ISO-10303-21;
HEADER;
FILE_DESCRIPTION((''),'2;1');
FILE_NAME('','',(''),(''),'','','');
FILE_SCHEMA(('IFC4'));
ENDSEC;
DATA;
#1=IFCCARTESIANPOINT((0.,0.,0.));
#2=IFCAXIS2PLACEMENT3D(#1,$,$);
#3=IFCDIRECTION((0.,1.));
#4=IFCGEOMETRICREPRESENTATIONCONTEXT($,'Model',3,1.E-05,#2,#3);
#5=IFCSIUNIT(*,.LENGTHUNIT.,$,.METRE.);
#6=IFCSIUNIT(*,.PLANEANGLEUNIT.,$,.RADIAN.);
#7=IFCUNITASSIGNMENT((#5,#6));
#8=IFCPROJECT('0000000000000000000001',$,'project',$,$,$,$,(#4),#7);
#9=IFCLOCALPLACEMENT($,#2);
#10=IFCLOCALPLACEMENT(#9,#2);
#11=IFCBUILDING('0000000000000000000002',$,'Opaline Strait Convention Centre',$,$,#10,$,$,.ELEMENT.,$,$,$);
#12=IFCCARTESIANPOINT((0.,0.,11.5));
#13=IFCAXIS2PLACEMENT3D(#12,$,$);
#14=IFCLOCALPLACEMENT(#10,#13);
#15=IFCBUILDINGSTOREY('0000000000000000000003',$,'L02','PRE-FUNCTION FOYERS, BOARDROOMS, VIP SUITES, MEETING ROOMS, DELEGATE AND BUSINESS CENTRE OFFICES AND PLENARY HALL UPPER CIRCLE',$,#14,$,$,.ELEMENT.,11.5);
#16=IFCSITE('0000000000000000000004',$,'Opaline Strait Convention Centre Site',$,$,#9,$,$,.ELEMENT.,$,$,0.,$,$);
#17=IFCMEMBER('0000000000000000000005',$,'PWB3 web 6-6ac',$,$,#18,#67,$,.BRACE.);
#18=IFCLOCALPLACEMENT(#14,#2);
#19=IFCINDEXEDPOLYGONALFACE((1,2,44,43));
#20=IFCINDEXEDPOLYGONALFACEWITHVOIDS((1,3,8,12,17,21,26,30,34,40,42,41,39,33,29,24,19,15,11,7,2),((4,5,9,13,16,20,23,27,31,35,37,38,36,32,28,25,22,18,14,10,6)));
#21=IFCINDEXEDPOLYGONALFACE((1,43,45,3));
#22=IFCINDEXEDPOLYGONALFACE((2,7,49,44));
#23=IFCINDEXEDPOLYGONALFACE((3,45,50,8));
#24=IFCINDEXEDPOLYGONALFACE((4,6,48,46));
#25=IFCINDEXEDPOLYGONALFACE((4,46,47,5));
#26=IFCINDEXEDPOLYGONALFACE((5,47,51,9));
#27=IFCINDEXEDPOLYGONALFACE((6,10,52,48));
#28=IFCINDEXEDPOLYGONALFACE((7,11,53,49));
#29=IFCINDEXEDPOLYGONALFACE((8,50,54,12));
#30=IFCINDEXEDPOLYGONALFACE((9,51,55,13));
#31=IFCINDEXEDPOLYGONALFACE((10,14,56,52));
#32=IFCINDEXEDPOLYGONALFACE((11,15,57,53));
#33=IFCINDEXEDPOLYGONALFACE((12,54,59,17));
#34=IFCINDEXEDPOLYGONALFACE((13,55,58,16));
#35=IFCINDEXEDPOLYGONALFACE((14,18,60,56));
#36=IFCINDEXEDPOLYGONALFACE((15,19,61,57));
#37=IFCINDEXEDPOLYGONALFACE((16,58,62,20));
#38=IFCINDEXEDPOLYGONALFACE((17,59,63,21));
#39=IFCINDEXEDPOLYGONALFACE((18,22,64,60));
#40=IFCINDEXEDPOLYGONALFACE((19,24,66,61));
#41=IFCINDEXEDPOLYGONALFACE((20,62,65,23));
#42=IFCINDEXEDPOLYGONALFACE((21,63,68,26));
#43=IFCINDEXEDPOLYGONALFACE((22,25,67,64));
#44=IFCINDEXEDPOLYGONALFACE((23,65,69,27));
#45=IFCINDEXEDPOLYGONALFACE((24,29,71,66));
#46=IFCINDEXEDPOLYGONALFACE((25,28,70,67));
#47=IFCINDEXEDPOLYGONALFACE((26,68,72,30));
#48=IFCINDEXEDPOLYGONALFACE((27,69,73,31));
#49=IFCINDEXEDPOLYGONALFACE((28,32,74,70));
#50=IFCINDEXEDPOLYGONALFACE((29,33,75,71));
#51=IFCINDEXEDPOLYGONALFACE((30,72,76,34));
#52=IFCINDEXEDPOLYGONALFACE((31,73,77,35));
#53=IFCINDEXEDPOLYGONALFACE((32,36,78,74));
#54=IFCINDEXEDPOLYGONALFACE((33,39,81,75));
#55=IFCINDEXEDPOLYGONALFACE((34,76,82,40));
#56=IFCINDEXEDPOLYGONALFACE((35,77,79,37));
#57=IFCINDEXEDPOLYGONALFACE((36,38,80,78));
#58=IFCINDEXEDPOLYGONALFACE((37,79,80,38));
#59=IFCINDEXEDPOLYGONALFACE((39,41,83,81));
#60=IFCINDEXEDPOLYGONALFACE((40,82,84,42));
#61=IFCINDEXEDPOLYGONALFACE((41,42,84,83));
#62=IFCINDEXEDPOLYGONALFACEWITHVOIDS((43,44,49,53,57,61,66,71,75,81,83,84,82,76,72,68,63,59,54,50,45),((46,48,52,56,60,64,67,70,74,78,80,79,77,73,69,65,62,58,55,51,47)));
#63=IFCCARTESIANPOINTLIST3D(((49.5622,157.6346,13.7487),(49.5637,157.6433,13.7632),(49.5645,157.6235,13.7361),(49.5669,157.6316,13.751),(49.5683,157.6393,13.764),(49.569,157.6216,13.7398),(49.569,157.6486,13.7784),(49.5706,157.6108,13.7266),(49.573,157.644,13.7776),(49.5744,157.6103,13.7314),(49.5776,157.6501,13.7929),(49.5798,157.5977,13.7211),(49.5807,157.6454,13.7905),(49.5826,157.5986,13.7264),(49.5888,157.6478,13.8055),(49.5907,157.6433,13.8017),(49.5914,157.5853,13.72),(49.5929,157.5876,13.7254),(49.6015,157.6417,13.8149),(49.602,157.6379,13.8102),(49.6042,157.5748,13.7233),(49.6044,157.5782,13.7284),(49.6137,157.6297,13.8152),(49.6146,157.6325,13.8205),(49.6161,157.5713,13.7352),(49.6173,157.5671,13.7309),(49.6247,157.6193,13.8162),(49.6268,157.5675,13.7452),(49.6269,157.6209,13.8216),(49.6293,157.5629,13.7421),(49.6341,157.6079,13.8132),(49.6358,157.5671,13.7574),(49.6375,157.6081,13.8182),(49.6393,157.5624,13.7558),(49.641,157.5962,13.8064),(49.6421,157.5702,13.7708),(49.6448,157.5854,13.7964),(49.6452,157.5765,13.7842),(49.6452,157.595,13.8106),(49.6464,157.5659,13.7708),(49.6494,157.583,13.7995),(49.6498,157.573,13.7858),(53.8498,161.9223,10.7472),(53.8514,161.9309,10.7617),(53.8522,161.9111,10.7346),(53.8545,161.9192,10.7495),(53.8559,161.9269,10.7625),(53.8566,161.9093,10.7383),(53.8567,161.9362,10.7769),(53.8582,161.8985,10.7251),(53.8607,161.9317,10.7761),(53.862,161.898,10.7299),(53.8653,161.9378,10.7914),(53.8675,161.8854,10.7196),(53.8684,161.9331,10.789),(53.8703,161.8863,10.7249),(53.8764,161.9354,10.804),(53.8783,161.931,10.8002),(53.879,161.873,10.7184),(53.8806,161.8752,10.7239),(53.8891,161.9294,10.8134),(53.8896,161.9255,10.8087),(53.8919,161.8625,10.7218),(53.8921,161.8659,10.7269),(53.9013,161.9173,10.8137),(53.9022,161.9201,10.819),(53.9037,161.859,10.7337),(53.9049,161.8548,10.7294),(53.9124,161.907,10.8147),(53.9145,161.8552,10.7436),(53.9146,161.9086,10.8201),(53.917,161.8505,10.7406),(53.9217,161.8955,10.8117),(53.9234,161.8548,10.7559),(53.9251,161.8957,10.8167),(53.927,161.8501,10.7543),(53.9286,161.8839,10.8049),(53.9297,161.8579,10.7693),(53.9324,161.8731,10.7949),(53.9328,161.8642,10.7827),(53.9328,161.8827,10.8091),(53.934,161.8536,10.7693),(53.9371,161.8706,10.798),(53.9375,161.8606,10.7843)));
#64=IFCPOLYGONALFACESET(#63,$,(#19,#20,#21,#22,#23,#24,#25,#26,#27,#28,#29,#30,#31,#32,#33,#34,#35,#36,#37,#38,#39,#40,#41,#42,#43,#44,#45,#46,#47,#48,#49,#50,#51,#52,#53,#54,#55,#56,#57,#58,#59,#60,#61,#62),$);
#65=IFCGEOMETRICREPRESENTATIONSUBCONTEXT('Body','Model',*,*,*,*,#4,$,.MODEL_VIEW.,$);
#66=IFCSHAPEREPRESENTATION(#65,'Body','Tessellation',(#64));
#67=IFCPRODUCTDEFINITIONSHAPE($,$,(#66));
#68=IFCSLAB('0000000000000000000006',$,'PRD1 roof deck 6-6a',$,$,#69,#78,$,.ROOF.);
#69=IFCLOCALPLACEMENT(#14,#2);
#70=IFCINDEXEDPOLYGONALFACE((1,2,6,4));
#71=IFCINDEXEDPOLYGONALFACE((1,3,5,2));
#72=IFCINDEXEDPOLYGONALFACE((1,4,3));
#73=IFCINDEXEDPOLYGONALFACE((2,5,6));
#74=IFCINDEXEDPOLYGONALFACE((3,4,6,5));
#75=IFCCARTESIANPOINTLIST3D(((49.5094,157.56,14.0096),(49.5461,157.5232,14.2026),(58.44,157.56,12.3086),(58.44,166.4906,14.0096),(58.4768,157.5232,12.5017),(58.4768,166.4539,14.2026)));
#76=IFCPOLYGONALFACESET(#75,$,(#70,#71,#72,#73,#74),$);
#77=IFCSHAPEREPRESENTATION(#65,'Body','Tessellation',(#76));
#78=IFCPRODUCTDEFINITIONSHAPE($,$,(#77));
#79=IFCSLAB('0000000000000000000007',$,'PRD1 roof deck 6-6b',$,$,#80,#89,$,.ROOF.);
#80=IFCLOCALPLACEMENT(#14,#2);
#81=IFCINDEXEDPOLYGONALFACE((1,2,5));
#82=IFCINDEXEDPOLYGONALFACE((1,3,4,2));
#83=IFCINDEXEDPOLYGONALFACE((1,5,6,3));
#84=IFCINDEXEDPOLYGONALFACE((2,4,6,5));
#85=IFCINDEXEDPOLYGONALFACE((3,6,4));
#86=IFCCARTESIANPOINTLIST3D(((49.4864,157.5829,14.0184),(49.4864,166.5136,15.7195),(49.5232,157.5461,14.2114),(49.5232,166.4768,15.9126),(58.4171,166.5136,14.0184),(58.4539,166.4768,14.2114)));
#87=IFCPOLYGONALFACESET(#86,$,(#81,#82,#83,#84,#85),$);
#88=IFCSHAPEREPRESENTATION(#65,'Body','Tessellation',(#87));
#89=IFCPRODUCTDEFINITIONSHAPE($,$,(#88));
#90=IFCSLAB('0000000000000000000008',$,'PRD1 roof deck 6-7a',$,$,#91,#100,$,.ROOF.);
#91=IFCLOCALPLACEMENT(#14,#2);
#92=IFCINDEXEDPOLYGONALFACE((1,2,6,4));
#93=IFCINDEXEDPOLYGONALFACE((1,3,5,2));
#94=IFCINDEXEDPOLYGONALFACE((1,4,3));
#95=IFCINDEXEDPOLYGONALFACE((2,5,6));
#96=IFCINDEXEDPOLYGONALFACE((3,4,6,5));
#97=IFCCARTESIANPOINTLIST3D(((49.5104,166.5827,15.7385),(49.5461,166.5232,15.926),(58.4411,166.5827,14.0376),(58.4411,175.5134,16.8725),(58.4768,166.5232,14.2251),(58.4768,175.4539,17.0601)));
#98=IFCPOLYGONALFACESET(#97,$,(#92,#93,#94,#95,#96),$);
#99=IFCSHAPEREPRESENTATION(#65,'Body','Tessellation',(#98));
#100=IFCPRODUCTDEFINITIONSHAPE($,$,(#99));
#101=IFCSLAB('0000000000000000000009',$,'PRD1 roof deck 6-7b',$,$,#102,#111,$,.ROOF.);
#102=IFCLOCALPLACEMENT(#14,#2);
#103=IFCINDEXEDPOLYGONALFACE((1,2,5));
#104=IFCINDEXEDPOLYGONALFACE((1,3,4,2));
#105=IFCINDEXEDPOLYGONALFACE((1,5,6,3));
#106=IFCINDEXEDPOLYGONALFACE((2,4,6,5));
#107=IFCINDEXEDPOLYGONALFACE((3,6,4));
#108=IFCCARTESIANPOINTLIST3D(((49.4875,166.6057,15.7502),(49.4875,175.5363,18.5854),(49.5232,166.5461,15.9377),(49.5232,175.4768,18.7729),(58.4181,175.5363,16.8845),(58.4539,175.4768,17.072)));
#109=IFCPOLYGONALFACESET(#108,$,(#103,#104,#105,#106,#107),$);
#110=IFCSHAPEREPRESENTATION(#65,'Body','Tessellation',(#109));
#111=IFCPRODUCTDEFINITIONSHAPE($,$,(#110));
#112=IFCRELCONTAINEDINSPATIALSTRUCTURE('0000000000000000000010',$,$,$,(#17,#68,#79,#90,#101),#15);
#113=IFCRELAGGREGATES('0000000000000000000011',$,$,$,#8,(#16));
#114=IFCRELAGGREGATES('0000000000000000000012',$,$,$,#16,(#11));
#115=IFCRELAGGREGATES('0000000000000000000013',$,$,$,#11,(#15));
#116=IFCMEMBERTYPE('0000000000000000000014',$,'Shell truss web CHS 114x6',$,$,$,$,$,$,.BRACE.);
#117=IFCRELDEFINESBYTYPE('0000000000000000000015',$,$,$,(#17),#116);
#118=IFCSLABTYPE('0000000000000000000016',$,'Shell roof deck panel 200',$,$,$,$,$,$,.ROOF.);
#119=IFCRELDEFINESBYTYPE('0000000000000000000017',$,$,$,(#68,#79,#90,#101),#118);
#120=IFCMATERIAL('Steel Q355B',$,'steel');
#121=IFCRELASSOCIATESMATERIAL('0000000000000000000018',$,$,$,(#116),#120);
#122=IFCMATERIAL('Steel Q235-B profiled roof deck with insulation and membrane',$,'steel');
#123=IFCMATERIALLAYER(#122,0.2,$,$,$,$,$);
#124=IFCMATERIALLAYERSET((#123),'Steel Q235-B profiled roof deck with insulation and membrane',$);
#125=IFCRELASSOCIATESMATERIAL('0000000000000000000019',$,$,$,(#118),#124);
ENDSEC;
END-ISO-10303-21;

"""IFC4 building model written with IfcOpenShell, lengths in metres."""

from ifc_helpers import new_model, si_unit, direction, frame, origin, origin_2d, place, context, subcontext, project, spatial, polyline, hollow_circle, outline, extrude, material, layer, layer_set, material_profile, profile_set, type_object, element, save


model = new_model("IFC4")

# Units and contexts
model_context = context("Model", 3, precision=1e-05, world=origin(), true_north=direction((0.0, 1.0)))
body_context = subcontext(model_context, "Body", "Model", "MODEL_VIEW")
ifc_project = project(units=[si_unit("LENGTHUNIT", "METRE"), si_unit("PLANEANGLEUNIT", "RADIAN")], contexts=[model_context])

# Site, building, storey
site_placement = place(None, origin())
site = spatial("IfcSite", under=ifc_project, at=site_placement, Name="Opaline Strait Convention Centre Site", CompositionType="ELEMENT", RefElevation=0.0)
building_placement = place(site_placement, origin())
building = spatial("IfcBuilding", under=site, at=building_placement, Name="Opaline Strait Convention Centre", CompositionType="ELEMENT")
storey_placement = place(building_placement, frame((0.0, 0.0, 11.5)))
storey = spatial("IfcBuildingStorey", under=building, at=storey_placement, Name="L02", Description="PRE-FUNCTION FOYERS, BOARDROOMS, VIP SUITES, MEETING ROOMS, DELEGATE AND BUSINESS CENTRE OFFICES AND PLENARY HALL UPPER CIRCLE", CompositionType="ELEMENT", Elevation=11.5)

# Member
ifc_material_1 = material(Name="Steel Q355B", Category="steel")
ifc_material_profile_1 = material_profile(ifc_material_1, hollow_circle(Radius=0.0569, WallThickness=0.0061, at=origin_2d()), Name="CHS 114x6")
ifc_profile_set_1 = profile_set([ifc_material_profile_1], Name="Steel Q355B")
member_type_1 = type_object("IfcMemberType", Name="Shell truss web CHS 114x6", PredefinedType="BRACE", material=ifc_profile_set_1)
member_1_placement = place(storey_placement, frame((53.8938, 161.8938, 10.7693), z_axis=(-0.633718, -0.633718, 0.443624), x_axis=(0.707107, -0.707107, 0.0)))
element("IfcMember", 1, at=member_1_placement, inside=storey, type_object=member_type_1, Name="PWB3 web 6-6ac", PredefinedType="BRACE", context=body_context, shape_type="SweptSolid", body=[
    extrude(hollow_circle(Radius=0.0569, WallThickness=0.0061, at=origin_2d()), origin(), (0.0, 0.0, 1.0), 6.7659),
])

# Slabs
ifc_material_2 = material(Name="Steel Q235-B profiled roof deck with insulation and membrane", Category="steel")
ifc_layer = layer(ifc_material_2, 0.2)
ifc_layer_set = layer_set([ifc_layer], Name="Steel Q235-B profiled roof deck with insulation and membrane")
slab_type = type_object("IfcSlabType", Name="Shell roof deck panel 200", PredefinedType="ROOF", material=ifc_layer_set)
slab_1_placement = place(storey_placement, frame((49.5461, 157.5232, 14.2026), z_axis=(0.183905, -0.183905, 0.965587), x_axis=(0.982342, 0.0, -0.187096)))
element("IfcSlab", 2, at=slab_1_placement, inside=storey, type_object=slab_type, Name="PRD1 roof deck 6-6a", PredefinedType="ROOF", context=body_context, shape_type="SweptSolid", body=[
    extrude(outline(polyline([(0.0, 0.0), (9.0912, 0.0), (8.773, 9.0856), (0.0, 0.0)])), origin(), (0.0, 0.0, -1.0), 0.2),
])
slab_2_placement = place(storey_placement, frame((49.5232, 157.5461, 14.2114), z_axis=(0.18393, -0.18393, 0.965577), x_axis=(0.707107, 0.707107, 0.0)))
element("IfcSlab", 3, at=slab_2_placement, inside=storey, type_object=slab_type, Name="PRD1 roof deck 6-6b", PredefinedType="ROOF", context=body_context, shape_type="SweptSolid", body=[
    extrude(outline(polyline([(0.0, 0.0), (12.6299, 0.0), (6.3149, 6.5401), (0.0, 0.0)])), origin(), (0.0, 0.0, -1.0), 0.2),
])
slab_3_placement = place(storey_placement, frame((49.5461, 166.5232, 15.926), z_axis=(0.178613, -0.297697, 0.937803), x_axis=(0.982342, 0.0, -0.187096)))
element("IfcSlab", 4, at=slab_3_placement, inside=storey, type_object=slab_type, Name="PRD1 roof deck 6-7a", PredefinedType="ROOF", context=body_context, shape_type="SweptSolid", body=[
    extrude(outline(polyline([(0.0, 0.0), (9.0912, 0.0), (8.5608, 9.3548), (0.0, 0.0)])), origin(), (0.0, 0.0, -1.0), 0.2),
])
slab_4_placement = place(storey_placement, frame((49.5232, 166.5461, 15.9377), z_axis=(0.178612, -0.297721, 0.937795), x_axis=(0.704272, 0.704272, 0.089449)))
element("IfcSlab", 5, at=slab_4_placement, inside=storey, type_object=slab_type, Name="PRD1 roof deck 6-7b", PredefinedType="ROOF", context=body_context, shape_type="SweptSolid", body=[
    extrude(outline(polyline([(0.0, 0.0), (12.6807, 0.0), (6.5432, 6.7068), (0.0, 0.0)])), origin(), (0.0, 0.0, -1.0), 0.2),
])

save(model, "model.ifc")
